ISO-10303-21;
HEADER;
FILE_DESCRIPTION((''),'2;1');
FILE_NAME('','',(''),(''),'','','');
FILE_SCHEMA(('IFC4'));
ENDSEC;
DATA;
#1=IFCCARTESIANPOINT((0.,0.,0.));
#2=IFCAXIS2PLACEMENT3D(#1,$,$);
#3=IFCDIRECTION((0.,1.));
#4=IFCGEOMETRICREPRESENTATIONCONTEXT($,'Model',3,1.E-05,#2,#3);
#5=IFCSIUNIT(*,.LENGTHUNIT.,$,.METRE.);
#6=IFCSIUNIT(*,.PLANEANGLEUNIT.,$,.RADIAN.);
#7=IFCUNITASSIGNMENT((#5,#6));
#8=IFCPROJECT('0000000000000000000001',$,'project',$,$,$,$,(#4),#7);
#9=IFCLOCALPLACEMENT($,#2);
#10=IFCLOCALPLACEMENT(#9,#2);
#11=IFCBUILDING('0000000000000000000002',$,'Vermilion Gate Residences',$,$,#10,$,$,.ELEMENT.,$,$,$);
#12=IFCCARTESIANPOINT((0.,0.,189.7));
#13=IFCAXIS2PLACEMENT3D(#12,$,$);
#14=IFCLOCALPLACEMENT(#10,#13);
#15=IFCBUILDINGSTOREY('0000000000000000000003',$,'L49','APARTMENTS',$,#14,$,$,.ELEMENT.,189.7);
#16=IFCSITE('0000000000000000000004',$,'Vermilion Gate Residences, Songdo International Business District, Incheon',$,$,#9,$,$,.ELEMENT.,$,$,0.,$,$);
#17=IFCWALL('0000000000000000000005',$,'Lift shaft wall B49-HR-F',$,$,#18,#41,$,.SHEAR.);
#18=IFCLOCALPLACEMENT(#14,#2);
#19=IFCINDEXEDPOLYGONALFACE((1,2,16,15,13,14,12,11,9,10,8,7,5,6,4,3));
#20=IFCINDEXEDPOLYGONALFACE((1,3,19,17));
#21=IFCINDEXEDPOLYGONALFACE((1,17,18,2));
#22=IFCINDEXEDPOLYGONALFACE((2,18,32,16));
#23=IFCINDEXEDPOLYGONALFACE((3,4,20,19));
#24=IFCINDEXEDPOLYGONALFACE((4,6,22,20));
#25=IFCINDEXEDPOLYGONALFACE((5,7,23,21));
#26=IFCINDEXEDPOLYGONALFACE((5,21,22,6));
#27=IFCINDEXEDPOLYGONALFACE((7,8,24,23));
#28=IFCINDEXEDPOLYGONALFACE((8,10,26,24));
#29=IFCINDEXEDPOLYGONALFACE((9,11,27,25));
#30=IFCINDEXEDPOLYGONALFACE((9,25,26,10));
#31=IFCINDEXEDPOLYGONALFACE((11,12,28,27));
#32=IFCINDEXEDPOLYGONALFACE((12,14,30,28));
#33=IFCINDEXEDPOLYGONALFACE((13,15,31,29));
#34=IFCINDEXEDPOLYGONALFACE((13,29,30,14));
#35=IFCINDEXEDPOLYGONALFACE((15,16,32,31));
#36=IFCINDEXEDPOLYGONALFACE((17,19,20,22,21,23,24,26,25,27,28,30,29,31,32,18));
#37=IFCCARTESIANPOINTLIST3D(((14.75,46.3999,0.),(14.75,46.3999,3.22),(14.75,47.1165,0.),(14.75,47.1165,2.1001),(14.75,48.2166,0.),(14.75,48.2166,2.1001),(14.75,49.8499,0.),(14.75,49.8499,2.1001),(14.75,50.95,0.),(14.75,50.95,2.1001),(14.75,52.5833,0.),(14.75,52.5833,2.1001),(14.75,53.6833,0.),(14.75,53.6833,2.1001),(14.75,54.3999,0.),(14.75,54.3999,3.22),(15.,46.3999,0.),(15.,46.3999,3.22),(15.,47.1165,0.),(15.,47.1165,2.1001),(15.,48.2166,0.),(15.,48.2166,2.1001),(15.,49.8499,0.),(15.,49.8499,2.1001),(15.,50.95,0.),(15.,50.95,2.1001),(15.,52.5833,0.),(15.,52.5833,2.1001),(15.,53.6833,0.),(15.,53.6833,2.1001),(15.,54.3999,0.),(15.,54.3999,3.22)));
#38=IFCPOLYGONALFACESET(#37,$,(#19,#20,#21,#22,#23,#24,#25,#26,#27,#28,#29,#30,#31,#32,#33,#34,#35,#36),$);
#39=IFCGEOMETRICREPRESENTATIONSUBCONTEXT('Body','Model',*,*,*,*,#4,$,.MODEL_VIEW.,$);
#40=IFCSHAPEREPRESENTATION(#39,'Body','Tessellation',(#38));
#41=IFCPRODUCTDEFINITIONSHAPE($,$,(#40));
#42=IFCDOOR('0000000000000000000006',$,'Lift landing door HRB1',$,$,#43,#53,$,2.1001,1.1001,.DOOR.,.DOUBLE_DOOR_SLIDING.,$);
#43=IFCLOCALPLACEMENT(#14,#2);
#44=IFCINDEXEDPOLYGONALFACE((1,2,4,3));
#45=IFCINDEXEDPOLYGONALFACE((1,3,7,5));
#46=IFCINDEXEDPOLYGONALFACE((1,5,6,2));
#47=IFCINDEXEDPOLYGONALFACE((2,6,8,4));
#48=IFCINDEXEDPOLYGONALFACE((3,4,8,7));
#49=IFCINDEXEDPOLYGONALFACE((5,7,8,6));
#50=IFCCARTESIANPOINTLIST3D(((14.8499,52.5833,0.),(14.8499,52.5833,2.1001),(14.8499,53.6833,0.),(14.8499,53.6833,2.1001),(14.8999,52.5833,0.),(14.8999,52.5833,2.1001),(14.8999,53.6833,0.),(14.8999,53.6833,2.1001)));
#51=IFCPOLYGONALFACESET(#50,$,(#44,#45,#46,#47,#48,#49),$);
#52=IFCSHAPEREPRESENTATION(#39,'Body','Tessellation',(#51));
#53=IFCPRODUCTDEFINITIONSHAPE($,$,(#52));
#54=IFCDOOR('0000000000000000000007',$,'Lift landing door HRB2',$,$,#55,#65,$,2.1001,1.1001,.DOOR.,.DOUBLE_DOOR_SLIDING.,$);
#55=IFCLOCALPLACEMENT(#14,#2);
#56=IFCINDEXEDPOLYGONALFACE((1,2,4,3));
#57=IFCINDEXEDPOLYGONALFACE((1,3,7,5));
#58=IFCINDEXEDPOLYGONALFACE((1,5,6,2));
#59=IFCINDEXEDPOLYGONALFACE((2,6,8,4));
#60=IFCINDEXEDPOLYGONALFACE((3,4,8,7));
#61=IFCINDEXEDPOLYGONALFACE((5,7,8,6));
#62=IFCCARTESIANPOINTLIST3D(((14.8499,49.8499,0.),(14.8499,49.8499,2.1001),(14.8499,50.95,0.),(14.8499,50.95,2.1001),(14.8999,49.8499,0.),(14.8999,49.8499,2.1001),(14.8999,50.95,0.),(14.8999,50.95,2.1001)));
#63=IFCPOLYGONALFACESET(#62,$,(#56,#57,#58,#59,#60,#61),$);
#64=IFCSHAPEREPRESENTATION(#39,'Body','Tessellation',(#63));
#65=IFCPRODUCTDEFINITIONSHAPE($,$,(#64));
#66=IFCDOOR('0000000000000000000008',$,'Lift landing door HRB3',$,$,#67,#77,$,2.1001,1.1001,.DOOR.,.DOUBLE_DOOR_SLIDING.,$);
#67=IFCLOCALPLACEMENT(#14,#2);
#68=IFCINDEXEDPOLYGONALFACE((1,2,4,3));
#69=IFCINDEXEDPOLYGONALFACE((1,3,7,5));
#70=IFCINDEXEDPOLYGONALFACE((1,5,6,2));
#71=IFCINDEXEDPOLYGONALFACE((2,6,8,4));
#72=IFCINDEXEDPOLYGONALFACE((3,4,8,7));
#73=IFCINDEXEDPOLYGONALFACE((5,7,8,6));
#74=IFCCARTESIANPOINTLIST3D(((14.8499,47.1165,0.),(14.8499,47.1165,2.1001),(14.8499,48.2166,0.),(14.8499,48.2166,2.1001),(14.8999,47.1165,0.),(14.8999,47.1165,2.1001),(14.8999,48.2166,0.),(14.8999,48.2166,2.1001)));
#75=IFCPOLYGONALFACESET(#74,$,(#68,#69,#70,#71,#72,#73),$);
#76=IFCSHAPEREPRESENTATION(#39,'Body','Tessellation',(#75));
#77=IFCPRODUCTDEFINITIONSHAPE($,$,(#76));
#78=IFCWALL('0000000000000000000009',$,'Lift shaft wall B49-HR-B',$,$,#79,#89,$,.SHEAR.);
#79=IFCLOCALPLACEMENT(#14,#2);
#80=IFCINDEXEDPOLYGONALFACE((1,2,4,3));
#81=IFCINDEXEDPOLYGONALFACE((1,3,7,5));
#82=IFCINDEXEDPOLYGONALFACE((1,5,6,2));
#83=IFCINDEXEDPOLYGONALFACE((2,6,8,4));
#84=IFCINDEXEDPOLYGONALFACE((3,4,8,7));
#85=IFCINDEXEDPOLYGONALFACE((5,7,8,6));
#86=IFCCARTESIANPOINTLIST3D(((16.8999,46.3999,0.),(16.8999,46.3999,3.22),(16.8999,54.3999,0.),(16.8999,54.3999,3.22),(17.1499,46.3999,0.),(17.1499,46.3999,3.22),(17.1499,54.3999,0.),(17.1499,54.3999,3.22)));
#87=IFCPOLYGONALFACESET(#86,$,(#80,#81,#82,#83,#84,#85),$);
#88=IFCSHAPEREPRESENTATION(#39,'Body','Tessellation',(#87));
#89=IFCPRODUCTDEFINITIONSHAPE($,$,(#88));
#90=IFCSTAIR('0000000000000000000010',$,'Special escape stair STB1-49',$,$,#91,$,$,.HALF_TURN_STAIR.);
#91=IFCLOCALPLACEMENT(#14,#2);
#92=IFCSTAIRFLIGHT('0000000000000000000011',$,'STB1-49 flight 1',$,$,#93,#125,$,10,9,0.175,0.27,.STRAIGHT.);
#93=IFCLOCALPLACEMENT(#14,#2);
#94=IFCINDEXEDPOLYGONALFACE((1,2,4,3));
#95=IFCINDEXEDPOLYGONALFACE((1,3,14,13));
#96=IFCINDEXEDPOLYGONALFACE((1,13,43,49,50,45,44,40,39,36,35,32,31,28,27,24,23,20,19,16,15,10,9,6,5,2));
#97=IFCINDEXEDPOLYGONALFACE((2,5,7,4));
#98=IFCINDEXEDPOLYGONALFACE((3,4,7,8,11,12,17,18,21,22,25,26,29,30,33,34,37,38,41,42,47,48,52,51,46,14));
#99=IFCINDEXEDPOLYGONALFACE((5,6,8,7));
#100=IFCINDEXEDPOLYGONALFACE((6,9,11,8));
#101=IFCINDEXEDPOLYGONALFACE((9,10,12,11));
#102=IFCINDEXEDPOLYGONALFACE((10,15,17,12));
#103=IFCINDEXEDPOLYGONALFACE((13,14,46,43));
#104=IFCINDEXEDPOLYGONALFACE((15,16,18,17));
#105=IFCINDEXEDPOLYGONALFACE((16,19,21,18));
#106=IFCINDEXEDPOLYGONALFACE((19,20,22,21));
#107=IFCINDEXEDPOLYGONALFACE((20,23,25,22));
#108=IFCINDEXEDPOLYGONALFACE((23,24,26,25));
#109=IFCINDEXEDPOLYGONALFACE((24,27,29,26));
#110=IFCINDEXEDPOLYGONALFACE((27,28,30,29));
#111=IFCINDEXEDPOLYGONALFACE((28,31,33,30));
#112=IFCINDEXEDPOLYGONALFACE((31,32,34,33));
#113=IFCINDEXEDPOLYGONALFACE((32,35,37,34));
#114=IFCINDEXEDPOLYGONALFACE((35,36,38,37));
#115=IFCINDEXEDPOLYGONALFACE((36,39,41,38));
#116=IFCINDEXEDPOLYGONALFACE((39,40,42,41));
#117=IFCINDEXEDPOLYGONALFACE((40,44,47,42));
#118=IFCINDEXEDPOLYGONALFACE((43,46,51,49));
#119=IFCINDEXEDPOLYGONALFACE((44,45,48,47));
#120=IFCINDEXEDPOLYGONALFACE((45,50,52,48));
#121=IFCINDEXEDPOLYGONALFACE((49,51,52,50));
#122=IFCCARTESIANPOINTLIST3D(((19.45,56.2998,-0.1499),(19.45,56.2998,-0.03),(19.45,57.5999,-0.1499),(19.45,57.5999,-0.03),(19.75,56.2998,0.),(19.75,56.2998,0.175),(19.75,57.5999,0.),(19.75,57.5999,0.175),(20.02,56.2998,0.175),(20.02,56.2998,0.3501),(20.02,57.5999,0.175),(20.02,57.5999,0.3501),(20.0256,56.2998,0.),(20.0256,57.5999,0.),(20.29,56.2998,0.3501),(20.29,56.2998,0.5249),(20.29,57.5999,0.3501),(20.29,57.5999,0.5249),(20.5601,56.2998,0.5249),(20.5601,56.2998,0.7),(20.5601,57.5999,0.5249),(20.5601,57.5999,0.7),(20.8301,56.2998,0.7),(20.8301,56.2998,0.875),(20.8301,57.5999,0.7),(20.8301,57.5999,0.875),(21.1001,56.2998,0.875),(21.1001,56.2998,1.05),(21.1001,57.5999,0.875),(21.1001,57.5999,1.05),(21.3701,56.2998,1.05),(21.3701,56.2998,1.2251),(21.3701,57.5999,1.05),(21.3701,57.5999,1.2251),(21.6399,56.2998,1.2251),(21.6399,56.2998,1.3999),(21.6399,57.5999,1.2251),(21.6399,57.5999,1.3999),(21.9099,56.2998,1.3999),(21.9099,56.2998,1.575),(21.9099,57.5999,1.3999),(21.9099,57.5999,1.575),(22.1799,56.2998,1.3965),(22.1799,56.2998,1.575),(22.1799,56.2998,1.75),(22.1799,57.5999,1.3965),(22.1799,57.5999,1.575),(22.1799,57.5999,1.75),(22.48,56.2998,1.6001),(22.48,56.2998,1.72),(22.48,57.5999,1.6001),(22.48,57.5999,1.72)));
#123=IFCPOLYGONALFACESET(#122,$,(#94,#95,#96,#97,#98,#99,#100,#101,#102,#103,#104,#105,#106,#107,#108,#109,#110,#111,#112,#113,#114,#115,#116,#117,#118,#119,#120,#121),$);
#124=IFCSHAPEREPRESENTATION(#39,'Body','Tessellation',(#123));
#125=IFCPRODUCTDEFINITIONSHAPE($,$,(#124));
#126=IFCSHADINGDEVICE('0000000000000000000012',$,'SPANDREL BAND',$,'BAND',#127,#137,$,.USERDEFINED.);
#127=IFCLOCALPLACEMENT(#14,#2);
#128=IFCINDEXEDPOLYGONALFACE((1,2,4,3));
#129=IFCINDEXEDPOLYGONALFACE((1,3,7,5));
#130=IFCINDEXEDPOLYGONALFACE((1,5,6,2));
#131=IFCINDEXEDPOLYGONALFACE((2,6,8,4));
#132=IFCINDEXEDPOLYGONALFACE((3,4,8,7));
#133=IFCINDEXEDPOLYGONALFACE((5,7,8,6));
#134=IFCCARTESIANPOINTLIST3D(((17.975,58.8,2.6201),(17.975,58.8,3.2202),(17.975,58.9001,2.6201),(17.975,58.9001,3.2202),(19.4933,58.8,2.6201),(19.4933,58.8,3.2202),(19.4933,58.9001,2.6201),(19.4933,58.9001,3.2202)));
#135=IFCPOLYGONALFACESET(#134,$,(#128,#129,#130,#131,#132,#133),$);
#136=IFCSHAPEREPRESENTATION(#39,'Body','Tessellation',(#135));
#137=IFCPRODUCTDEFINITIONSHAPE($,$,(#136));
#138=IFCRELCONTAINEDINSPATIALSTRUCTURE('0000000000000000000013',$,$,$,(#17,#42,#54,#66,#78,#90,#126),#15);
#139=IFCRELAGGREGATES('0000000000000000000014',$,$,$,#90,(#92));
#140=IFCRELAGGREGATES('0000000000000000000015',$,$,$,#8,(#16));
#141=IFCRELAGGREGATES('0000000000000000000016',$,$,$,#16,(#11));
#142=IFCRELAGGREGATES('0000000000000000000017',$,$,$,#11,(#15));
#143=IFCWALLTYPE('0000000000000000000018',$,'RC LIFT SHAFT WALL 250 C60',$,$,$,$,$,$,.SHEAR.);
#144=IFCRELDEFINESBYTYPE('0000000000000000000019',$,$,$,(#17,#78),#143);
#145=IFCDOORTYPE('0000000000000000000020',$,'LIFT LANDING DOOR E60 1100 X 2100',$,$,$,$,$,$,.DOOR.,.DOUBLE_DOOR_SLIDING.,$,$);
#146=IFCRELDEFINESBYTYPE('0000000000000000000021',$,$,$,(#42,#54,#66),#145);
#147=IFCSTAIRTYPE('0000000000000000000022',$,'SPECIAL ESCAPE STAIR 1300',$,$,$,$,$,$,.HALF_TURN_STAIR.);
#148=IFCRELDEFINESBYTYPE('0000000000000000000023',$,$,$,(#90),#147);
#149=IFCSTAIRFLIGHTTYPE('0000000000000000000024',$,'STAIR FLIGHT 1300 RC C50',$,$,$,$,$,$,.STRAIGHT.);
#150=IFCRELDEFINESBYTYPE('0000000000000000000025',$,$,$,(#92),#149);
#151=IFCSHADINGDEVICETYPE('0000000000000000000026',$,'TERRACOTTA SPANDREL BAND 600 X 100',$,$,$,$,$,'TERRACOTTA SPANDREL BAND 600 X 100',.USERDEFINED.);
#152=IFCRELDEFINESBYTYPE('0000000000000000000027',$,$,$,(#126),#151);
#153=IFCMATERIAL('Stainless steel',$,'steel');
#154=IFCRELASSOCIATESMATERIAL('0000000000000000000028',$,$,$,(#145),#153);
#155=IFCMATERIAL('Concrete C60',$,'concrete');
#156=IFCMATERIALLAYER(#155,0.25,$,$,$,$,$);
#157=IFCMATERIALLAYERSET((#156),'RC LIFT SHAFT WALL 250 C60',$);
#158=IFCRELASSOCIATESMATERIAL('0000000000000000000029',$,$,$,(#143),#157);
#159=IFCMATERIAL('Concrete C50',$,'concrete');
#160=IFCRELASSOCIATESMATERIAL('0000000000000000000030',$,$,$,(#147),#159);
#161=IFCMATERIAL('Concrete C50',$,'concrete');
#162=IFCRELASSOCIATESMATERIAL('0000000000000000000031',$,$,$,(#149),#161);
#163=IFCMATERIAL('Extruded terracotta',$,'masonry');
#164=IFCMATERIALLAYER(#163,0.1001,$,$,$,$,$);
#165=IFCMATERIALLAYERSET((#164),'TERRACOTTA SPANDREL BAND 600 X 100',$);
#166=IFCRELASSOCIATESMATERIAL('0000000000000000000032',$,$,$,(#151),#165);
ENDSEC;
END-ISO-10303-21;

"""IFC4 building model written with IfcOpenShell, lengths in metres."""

from ifc_helpers import new_model, si_unit, direction, frame, frame_2d, origin, origin_2d, place, context, subcontext, project, spatial, polyline, rectangle, outline, extrude, material, layer, layer_set, type_object, element, fill, aggregate, save


model = new_model("IFC4")

# Units and contexts
model_context = context("Model", 3, precision=1e-05, world=origin(), true_north=direction((0.0, 1.0)))
body_context = subcontext(model_context, "Body", "Model", "MODEL_VIEW")
ifc_project = project(units=[si_unit("LENGTHUNIT", "METRE"), si_unit("PLANEANGLEUNIT", "RADIAN")], contexts=[model_context])

# Site, building, storey
site_placement = place(None, origin())
site = spatial("IfcSite", under=ifc_project, at=site_placement, Name="Vermilion Gate Residences, Songdo International Business District, Incheon", CompositionType="ELEMENT", RefElevation=0.0)
building_placement = place(site_placement, origin())
building = spatial("IfcBuilding", under=site, at=building_placement, Name="Vermilion Gate Residences", CompositionType="ELEMENT")
storey_placement = place(building_placement, frame((0.0, 0.0, 189.7)))
storey = spatial("IfcBuildingStorey", under=building, at=storey_placement, Name="L49", Description="APARTMENTS", CompositionType="ELEMENT", Elevation=189.7)

# Shared definitions
ifc_material_1 = material(Name="Stainless steel", Category="steel")
door_type_1 = type_object("IfcDoorType", Name="LIFT LANDING DOOR E60 1100 X 2100", OperationType="DOUBLE_DOOR_SLIDING", PredefinedType="DOOR", material=ifc_material_1)

# Wall, openings, doors
ifc_material_2 = material(Name="Concrete C60", Category="concrete")
ifc_layer_1 = layer(ifc_material_2, 0.25)
ifc_layer_set_1 = layer_set([ifc_layer_1], Name="RC LIFT SHAFT WALL 250 C60")
wall_type_1 = type_object("IfcWallType", Name="RC LIFT SHAFT WALL 250 C60", PredefinedType="SHEAR", material=ifc_layer_set_1)
wall_1_placement = place(storey_placement, frame((14.875, 54.3999, 0.0), z_axis=(0.0, 0.0, 1.0), x_axis=(0.0, -1.0, 0.0)))
wall_1 = element("IfcWall", 1, at=wall_1_placement, inside=storey, type_object=wall_type_1, Name="Lift shaft wall B49-HR-F", PredefinedType="SHEAR", context=body_context, shape_type="SweptSolid", body=[
    extrude(rectangle(XDim=8.0, YDim=0.25, at=frame_2d((4.0, 0.0))), origin(), (0.0, 0.0, 1.0), 3.22),
])
opening_1_placement = place(wall_1_placement, frame((0.7166, 0.0, 0.0)))
opening_1 = element("IfcOpeningElement", 2, at=opening_1_placement, cuts=wall_1, PredefinedType="OPENING", context=body_context, shape_type="SweptSolid", body=[
    extrude(rectangle(XDim=1.1001, YDim=2.1001, at=frame_2d((0.55, 1.05))), frame((0.0, 0.135, 0.0), z_axis=(0.0, -1.0, 0.0), x_axis=(1.0, 0.0, 0.0)), (0.0, 0.0, 1.0), 0.27),
])
opening_2_placement = place(wall_1_placement, frame((3.45, 0.0, 0.0)))
opening_2 = element("IfcOpeningElement", 3, at=opening_2_placement, cuts=wall_1, PredefinedType="OPENING", context=body_context, shape_type="SweptSolid", body=[
    extrude(rectangle(XDim=1.1001, YDim=2.1001, at=frame_2d((0.55, 1.05))), frame((0.0, 0.135, 0.0), z_axis=(0.0, -1.0, 0.0), x_axis=(1.0, 0.0, 0.0)), (0.0, 0.0, 1.0), 0.27),
])
opening_3_placement = place(wall_1_placement, frame((6.1833, 0.0, 0.0)))
opening_3 = element("IfcOpeningElement", 4, at=opening_3_placement, cuts=wall_1, PredefinedType="OPENING", context=body_context, shape_type="SweptSolid", body=[
    extrude(rectangle(XDim=1.1001, YDim=2.1001, at=frame_2d((0.55, 1.05))), frame((0.0, 0.135, 0.0), z_axis=(0.0, -1.0, 0.0), x_axis=(1.0, 0.0, 0.0)), (0.0, 0.0, 1.0), 0.27),
])
door_1_placement = place(opening_1_placement, origin())
door_1 = element("IfcDoor", 5, at=door_1_placement, inside=storey, type_object=door_type_1, Name="Lift landing door HRB1", OperationType="DOUBLE_DOOR_SLIDING", OverallHeight=2.1001, OverallWidth=1.1001, PredefinedType="DOOR", context=body_context, shape_type="SweptSolid", body=[
    extrude(rectangle(XDim=1.1001, YDim=2.1001, at=frame_2d((0.55, 1.05))), frame((0.0, 0.0249, 0.0), z_axis=(0.0, -1.0, 0.0), x_axis=(1.0, 0.0, 0.0)), (0.0, 0.0, 1.0), 0.05),
])
fill(opening_1, door_1)
door_2_placement = place(opening_2_placement, origin())
door_2 = element("IfcDoor", 6, at=door_2_placement, inside=storey, type_object=door_type_1, Name="Lift landing door HRB2", OperationType="DOUBLE_DOOR_SLIDING", OverallHeight=2.1001, OverallWidth=1.1001, PredefinedType="DOOR", context=body_context, shape_type="SweptSolid", body=[
    extrude(rectangle(XDim=1.1001, YDim=2.1001, at=frame_2d((0.55, 1.05))), frame((0.0, 0.0249, 0.0), z_axis=(0.0, -1.0, 0.0), x_axis=(1.0, 0.0, 0.0)), (0.0, 0.0, 1.0), 0.05),
])
fill(opening_2, door_2)
door_3_placement = place(opening_3_placement, origin())
door_3 = element("IfcDoor", 7, at=door_3_placement, inside=storey, type_object=door_type_1, Name="Lift landing door HRB3", OperationType="DOUBLE_DOOR_SLIDING", OverallHeight=2.1001, OverallWidth=1.1001, PredefinedType="DOOR", context=body_context, shape_type="SweptSolid", body=[
    extrude(rectangle(XDim=1.1001, YDim=2.1001, at=frame_2d((0.55, 1.05))), frame((0.0, 0.0249, 0.0), z_axis=(0.0, -1.0, 0.0), x_axis=(1.0, 0.0, 0.0)), (0.0, 0.0, 1.0), 0.05),
])
fill(opening_3, door_3)

# Wall
wall_2_placement = place(storey_placement, frame((17.0249, 54.3999, 0.0), z_axis=(0.0, 0.0, 1.0), x_axis=(0.0, -1.0, 0.0)))
element("IfcWall", 8, at=wall_2_placement, inside=storey, type_object=wall_type_1, Name="Lift shaft wall B49-HR-B", PredefinedType="SHEAR", context=body_context, shape_type="SweptSolid", body=[
    extrude(rectangle(XDim=8.0, YDim=0.25, at=frame_2d((4.0, 0.0))), origin(), (0.0, 0.0, 1.0), 3.22),
])

# Stair, stair flight
ifc_material_3 = material(Name="Concrete C50", Category="concrete")
stair_type = type_object("IfcStairType", Name="SPECIAL ESCAPE STAIR 1300", PredefinedType="HALF_TURN_STAIR", material=ifc_material_3)
stair_placement = place(storey_placement, origin())
stair = element("IfcStair", 9, at=stair_placement, inside=storey, type_object=stair_type, Name="Special escape stair STB1-49", PredefinedType="HALF_TURN_STAIR")
ifc_material_4 = material(Name="Concrete C50", Category="concrete")
stair_flight_type = type_object("IfcStairFlightType", Name="STAIR FLIGHT 1300 RC C50", PredefinedType="STRAIGHT", material=ifc_material_4)
stair_flight_placement = place(storey_placement, frame((19.75, 56.95, 0.0), z_axis=(0.0, 0.0, 1.0), x_axis=(1.0, 0.0, 0.0)))
stair_flight = element("IfcStairFlight", 10, at=stair_flight_placement, type_object=stair_flight_type, Name="STB1-49 flight 1", NumberOfRisers=10, NumberOfTreads=9, PredefinedType="STRAIGHT", RiserHeight=0.175, TreadLength=0.27, context=body_context, shape_type="SweptSolid", body=[
    extrude(outline(polyline([(-0.3, -0.1499), (-0.3, -0.03), (0.0, 0.0), (0.0, 0.175), (0.27, 0.175), (0.27, 0.3501), (0.54, 0.3501), (0.54, 0.5249), (0.8101, 0.5249), (0.8101, 0.7), (1.0801, 0.7), (1.0801, 0.875), (1.3501, 0.875), (1.3501, 1.05), (1.6201, 1.05), (1.6201, 1.2251), (1.8899, 1.2251), (1.8899, 1.3999), (2.1599, 1.3999), (2.1599, 1.575), (2.4299, 1.575), (2.4299, 1.75), (2.73, 1.72), (2.73, 1.6001), (2.4299, 1.3965), (0.2756, 0.0), (-0.3, -0.1499)])), frame((0.0, 0.6499, 0.0), z_axis=(0.0, -1.0, 0.0), x_axis=(1.0, 0.0, 0.0)), (0.0, 0.0, 1.0), 1.3),
])
aggregate(stair, [stair_flight])

# Shading device
ifc_material_5 = material(Name="Extruded terracotta", Category="masonry")
ifc_layer_2 = layer(ifc_material_5, 0.1001)
ifc_layer_set_2 = layer_set([ifc_layer_2], Name="TERRACOTTA SPANDREL BAND 600 X 100")
shading_device_type = type_object("IfcShadingDeviceType", Name="TERRACOTTA SPANDREL BAND 600 X 100", ElementType="TERRACOTTA SPANDREL BAND 600 X 100", PredefinedType="USERDEFINED", material=ifc_layer_set_2)
shading_device_placement = place(storey_placement, frame((18.7341, 58.8501, 2.6201), z_axis=(0.0, 0.0, 1.0), x_axis=(1.0, 0.0, 0.0)))
element("IfcShadingDevice", 11, at=shading_device_placement, inside=storey, type_object=shading_device_type, Name="SPANDREL BAND", ObjectType="BAND", PredefinedType="USERDEFINED", context=body_context, shape_type="SweptSolid", body=[
    extrude(rectangle(XDim=1.5183, YDim=0.1001, at=origin_2d()), origin(), (0.0, 0.0, 1.0), 0.6001),
])

save(model, "model.ifc")
